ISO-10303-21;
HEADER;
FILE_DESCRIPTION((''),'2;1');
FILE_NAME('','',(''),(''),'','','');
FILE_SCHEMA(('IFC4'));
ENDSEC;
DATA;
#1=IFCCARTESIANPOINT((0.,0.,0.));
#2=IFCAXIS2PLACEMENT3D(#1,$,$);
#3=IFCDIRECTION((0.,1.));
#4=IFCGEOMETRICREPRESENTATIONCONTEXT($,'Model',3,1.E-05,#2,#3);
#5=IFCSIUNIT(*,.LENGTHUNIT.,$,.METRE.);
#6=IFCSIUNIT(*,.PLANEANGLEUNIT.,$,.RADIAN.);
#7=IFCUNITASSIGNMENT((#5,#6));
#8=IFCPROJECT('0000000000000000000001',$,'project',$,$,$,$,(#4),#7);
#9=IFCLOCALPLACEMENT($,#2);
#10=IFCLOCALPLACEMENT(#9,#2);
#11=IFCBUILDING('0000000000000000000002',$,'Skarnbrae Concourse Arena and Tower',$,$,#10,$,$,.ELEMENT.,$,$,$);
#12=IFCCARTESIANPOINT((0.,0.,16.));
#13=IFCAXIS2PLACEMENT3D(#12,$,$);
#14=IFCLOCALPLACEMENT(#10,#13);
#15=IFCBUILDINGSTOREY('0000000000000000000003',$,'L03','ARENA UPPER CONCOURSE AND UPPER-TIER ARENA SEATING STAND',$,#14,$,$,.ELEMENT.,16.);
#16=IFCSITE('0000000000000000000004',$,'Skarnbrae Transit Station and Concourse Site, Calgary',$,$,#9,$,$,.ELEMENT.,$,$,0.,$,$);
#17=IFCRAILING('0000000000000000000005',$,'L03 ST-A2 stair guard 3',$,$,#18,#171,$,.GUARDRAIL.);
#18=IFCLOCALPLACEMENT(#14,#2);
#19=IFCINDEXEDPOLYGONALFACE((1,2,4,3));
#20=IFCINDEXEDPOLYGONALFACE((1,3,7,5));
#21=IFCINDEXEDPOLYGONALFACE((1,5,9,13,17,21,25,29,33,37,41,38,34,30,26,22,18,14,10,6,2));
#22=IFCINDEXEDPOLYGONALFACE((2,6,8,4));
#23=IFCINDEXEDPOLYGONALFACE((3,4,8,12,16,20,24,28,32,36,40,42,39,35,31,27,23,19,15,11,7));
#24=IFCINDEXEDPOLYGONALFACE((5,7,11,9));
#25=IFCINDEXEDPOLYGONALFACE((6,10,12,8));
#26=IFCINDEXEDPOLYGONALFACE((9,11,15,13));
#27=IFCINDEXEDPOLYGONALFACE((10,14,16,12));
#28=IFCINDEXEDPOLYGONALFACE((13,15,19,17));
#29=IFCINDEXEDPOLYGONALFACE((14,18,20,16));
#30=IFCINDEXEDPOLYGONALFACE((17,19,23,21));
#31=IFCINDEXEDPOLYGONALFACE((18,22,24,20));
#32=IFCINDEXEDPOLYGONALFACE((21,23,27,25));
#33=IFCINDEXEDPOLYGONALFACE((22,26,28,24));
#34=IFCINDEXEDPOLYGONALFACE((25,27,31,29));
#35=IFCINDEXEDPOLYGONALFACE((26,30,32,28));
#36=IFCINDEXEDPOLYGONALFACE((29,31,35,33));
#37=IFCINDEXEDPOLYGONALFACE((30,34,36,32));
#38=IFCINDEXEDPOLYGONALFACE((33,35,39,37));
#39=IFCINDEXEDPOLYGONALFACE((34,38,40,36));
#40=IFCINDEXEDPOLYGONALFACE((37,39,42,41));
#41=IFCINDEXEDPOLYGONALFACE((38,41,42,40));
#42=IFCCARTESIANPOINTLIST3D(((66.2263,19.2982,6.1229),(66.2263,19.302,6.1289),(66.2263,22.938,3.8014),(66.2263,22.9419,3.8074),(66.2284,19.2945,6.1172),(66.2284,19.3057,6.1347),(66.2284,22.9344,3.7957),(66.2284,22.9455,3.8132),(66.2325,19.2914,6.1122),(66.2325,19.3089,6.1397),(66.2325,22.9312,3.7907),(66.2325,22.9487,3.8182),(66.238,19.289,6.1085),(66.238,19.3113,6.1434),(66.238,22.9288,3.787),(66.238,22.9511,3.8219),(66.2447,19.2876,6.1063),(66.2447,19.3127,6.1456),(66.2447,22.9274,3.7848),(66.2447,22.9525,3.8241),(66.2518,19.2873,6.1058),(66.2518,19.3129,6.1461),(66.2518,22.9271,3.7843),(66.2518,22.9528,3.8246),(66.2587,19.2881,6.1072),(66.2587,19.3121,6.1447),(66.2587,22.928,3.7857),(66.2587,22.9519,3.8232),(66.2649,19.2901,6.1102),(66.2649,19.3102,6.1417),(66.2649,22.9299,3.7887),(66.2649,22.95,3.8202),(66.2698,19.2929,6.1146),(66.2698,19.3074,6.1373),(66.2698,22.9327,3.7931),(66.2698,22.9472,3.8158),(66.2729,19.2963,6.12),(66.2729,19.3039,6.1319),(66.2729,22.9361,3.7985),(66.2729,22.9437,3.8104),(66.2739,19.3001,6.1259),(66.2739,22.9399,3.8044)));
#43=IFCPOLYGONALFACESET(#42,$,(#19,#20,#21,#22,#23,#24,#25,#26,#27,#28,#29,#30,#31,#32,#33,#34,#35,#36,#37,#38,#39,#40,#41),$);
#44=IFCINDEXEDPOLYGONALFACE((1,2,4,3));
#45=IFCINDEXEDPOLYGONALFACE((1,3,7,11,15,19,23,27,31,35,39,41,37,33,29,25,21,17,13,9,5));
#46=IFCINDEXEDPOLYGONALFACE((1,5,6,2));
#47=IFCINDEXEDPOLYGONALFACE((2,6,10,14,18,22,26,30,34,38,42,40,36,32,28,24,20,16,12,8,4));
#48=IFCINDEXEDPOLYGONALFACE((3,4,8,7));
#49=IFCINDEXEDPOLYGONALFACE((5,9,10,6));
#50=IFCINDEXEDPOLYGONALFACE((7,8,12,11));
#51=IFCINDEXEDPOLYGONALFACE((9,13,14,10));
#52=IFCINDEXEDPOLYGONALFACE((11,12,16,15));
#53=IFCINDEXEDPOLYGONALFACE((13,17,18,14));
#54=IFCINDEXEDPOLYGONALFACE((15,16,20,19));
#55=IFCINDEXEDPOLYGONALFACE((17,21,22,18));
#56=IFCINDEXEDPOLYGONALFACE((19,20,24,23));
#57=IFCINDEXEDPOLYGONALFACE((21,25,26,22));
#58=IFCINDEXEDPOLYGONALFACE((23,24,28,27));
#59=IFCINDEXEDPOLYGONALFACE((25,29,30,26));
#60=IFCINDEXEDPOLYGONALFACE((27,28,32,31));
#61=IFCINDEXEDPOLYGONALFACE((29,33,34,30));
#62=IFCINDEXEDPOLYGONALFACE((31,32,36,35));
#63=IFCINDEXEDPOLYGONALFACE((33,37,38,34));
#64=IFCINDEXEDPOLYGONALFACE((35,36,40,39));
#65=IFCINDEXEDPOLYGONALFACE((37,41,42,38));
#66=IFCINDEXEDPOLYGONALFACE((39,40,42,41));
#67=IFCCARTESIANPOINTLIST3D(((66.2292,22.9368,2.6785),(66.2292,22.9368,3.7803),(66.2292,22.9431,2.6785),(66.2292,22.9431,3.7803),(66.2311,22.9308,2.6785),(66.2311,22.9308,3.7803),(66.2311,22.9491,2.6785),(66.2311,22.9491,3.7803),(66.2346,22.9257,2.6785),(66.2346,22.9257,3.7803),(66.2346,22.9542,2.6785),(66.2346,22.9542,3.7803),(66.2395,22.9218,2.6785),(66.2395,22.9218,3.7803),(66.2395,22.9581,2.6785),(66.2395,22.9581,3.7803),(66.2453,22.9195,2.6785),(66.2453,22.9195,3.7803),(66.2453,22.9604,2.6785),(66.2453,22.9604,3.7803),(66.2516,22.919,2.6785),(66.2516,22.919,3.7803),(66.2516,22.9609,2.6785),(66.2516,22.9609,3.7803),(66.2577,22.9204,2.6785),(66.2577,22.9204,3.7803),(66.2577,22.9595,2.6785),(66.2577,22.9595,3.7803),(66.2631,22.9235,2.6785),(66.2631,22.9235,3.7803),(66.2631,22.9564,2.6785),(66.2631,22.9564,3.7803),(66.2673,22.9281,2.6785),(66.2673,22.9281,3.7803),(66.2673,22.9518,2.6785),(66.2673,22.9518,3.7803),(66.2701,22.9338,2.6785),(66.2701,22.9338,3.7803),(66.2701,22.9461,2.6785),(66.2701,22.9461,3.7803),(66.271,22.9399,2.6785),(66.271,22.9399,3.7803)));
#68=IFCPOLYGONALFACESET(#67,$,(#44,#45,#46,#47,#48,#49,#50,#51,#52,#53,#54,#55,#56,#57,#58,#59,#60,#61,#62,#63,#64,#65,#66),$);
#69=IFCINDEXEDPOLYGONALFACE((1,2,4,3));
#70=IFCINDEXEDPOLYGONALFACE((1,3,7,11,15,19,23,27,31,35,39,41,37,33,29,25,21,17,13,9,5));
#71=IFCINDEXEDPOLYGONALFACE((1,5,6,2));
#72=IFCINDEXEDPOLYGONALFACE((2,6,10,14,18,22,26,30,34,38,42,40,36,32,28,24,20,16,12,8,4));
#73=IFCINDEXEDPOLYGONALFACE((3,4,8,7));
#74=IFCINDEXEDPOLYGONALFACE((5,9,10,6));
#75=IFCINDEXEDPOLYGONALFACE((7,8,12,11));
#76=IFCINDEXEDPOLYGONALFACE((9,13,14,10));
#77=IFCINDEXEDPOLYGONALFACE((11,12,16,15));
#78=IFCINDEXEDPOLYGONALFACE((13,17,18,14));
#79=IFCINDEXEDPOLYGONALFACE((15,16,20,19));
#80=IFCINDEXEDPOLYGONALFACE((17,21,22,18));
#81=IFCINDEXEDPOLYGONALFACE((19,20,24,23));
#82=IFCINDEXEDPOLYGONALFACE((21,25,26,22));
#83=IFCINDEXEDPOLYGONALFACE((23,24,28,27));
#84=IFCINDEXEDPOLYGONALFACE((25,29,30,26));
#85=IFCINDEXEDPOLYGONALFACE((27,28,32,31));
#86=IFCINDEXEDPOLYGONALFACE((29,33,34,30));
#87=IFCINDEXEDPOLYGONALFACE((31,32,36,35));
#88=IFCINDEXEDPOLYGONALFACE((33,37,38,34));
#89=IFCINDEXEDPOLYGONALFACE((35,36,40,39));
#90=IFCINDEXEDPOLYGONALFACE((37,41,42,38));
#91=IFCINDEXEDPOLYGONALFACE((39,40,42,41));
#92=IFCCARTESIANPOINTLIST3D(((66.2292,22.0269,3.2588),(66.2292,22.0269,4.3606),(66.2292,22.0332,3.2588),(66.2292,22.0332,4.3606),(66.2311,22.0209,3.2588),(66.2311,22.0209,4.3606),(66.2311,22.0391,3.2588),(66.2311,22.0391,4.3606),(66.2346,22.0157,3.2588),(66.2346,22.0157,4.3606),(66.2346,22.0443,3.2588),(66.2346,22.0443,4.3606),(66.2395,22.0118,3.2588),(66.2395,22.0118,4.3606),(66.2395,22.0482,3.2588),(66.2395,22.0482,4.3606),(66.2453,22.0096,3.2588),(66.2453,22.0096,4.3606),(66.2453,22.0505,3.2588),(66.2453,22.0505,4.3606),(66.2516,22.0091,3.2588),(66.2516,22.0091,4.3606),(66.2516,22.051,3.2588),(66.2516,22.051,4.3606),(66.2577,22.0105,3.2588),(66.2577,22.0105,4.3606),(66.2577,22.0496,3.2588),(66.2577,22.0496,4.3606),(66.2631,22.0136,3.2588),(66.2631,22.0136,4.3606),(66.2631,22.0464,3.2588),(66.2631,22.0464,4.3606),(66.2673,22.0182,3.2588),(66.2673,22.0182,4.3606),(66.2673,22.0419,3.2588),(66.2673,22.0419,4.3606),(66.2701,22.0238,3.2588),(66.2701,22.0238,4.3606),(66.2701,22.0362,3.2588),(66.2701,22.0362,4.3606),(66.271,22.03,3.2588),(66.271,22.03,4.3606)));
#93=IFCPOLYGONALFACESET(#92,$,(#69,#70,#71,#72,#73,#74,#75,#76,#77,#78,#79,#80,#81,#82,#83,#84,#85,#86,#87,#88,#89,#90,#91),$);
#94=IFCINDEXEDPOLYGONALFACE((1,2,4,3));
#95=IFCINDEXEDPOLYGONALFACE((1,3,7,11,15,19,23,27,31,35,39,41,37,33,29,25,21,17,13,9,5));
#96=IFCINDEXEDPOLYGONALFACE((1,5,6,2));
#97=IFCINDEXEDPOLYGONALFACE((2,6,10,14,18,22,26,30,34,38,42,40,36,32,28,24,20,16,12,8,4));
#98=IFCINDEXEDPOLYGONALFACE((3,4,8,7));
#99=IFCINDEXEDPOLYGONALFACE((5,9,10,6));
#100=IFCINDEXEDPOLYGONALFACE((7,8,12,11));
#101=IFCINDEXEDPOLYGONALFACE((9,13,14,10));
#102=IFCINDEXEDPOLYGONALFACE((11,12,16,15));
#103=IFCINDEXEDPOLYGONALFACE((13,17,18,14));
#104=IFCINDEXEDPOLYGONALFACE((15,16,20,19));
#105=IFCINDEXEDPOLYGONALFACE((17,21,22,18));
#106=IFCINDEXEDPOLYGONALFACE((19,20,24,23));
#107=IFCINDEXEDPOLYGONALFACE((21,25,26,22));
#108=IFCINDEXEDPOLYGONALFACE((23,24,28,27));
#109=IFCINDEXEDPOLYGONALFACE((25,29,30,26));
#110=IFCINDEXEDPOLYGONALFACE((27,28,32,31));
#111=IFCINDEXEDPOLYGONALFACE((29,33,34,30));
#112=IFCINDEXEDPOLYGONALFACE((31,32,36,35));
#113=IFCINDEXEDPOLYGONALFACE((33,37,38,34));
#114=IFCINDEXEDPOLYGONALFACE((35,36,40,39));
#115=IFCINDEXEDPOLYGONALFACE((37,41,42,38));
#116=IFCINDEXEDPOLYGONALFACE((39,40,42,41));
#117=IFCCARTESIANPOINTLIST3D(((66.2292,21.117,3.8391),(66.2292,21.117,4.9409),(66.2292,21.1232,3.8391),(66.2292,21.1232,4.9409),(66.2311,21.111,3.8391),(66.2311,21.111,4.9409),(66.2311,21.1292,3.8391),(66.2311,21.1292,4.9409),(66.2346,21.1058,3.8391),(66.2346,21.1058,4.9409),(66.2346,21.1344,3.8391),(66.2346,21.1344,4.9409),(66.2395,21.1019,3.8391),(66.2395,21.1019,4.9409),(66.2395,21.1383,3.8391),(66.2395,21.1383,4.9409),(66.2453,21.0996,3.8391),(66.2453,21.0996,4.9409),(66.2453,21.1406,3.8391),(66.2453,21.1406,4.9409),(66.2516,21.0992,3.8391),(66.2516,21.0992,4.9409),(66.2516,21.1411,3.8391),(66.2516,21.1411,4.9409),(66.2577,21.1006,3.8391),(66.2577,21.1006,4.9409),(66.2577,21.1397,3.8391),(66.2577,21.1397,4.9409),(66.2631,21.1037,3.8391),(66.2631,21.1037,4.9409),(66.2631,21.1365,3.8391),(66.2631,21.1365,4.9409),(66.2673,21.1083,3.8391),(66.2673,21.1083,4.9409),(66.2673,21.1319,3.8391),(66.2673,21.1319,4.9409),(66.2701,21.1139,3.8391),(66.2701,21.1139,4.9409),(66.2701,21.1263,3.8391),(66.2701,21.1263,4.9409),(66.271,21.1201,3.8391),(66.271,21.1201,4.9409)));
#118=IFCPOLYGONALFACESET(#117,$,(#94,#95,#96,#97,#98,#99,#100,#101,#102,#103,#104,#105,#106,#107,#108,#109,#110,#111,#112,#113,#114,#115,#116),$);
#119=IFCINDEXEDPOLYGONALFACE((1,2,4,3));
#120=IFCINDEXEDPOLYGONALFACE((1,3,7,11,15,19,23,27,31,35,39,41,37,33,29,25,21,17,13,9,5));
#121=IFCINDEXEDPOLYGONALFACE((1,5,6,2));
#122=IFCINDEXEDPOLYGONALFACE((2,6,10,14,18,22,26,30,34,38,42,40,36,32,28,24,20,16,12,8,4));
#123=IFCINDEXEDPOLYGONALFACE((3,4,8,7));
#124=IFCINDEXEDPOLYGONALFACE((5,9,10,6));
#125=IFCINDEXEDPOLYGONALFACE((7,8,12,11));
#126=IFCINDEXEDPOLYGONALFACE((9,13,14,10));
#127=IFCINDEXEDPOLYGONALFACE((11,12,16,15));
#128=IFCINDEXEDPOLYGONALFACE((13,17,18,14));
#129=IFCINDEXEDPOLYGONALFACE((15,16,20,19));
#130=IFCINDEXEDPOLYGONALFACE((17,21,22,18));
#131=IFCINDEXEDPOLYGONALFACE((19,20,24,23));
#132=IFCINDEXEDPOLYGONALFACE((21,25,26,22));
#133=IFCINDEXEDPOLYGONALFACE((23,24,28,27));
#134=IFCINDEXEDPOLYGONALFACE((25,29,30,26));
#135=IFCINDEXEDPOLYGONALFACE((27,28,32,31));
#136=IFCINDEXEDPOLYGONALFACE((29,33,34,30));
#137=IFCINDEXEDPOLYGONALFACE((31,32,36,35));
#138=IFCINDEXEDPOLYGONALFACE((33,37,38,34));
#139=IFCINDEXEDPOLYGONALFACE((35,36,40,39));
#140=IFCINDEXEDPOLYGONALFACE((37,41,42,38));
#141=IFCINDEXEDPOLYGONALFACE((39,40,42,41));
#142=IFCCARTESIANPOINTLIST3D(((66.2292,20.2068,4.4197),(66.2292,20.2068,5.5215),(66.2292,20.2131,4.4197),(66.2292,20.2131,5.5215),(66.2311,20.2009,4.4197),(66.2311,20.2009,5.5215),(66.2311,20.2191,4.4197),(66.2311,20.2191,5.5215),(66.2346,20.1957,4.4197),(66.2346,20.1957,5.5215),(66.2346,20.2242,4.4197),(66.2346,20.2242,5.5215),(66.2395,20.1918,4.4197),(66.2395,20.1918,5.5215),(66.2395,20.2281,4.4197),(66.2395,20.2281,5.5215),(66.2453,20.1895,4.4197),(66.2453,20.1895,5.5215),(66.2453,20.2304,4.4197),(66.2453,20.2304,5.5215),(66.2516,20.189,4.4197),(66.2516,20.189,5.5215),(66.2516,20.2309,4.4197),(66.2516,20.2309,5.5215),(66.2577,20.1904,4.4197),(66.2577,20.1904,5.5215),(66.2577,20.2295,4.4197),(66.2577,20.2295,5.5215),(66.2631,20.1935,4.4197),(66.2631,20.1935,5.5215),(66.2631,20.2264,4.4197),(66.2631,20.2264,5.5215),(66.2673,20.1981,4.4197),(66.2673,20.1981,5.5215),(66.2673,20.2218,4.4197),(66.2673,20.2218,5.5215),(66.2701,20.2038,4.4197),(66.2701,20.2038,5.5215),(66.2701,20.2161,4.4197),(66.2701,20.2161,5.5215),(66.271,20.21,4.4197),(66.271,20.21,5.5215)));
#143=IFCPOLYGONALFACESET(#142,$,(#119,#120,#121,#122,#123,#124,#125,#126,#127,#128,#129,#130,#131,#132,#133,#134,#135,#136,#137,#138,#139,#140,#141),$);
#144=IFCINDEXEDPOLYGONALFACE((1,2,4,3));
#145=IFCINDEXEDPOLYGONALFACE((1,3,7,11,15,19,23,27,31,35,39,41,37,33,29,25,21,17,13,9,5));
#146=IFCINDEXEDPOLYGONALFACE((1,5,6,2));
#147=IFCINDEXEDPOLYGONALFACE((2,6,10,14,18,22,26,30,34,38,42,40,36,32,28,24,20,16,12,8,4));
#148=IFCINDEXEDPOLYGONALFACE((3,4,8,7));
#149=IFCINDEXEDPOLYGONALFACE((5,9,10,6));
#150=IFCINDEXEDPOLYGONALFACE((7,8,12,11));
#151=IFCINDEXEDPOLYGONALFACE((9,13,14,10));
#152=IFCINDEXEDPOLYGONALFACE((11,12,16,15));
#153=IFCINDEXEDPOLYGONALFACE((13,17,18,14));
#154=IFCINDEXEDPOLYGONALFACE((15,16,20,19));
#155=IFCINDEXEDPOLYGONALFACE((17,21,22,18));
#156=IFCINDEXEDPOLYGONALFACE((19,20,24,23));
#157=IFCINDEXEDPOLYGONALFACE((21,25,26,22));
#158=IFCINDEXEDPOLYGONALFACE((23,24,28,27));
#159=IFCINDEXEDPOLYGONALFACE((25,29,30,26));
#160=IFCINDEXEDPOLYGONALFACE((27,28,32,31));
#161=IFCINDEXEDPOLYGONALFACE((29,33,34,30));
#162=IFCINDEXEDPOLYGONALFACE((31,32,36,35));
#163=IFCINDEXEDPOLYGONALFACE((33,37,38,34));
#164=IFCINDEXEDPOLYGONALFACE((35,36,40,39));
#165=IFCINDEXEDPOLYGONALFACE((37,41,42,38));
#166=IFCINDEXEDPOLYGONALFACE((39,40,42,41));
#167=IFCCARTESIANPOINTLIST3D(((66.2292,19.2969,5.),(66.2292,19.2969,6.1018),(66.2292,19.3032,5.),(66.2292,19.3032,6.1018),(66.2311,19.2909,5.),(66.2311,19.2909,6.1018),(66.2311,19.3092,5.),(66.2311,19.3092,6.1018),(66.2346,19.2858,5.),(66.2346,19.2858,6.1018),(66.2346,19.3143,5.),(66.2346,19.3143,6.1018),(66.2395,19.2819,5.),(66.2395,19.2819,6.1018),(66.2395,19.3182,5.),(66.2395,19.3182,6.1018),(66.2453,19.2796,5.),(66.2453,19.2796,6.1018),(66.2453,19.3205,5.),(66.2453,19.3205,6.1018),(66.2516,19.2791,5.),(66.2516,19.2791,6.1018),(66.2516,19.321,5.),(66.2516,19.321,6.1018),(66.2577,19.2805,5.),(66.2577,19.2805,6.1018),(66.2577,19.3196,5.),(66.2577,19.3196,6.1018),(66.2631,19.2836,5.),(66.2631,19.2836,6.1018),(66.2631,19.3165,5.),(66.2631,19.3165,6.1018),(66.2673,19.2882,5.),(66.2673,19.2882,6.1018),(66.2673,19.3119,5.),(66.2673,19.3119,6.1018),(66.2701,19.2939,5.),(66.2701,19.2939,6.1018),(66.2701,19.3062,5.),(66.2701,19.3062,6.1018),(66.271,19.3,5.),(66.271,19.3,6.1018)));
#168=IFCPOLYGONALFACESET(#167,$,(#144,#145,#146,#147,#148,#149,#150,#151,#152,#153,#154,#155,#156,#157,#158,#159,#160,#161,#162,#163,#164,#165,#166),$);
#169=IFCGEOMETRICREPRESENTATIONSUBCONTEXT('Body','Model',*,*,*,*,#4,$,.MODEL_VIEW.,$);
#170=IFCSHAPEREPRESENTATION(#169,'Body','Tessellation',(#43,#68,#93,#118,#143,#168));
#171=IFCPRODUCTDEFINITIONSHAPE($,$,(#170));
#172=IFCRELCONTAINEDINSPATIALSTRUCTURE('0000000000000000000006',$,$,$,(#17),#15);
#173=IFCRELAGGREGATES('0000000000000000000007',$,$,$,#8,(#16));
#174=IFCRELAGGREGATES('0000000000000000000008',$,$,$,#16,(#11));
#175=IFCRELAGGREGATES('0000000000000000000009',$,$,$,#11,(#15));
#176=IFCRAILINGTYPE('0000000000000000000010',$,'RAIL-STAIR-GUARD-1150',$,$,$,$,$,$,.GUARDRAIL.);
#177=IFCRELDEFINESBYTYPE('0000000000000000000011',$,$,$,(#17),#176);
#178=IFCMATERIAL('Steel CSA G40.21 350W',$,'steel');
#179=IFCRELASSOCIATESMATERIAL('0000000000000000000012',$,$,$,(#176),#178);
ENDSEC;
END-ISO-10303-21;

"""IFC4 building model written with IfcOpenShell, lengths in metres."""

from ifc_helpers import new_model, si_unit, direction, frame, origin, origin_2d, place, context, subcontext, project, spatial, circle, extrude, material, type_object, element, save


model = new_model("IFC4")

# Units and contexts
model_context = context("Model", 3, precision=1e-05, world=origin(), true_north=direction((0.0, 1.0)))
body_context = subcontext(model_context, "Body", "Model", "MODEL_VIEW")
ifc_project = project(units=[si_unit("LENGTHUNIT", "METRE"), si_unit("PLANEANGLEUNIT", "RADIAN")], contexts=[model_context])

# Site, building, storey
site_placement = place(None, origin())
site = spatial("IfcSite", under=ifc_project, at=site_placement, Name="Skarnbrae Transit Station and Concourse Site, Calgary", CompositionType="ELEMENT", RefElevation=0.0)
building_placement = place(site_placement, origin())
building = spatial("IfcBuilding", under=site, at=building_placement, Name="Skarnbrae Concourse Arena and Tower", CompositionType="ELEMENT")
storey_placement = place(building_placement, frame((0.0, 0.0, 16.0)))
storey = spatial("IfcBuildingStorey", under=building, at=storey_placement, Name="L03", Description="ARENA UPPER CONCOURSE AND UPPER-TIER ARENA SEATING STAND", CompositionType="ELEMENT", Elevation=16.0)

# Shared definitions
ifc_material_1 = material(Name="Steel CSA G40.21 350W", Category="steel")

# Railing
railing_type_1 = type_object("IfcRailingType", Name="RAIL-STAIR-GUARD-1150", PredefinedType="GUARDRAIL", material=ifc_material_1)
railing_1_placement = place(storey_placement, frame((66.25, 22.9399, 2.6785)))
element("IfcRailing", 1, at=railing_1_placement, inside=storey, type_object=railing_type_1, Name="L03 ST-A2 stair guard 3", PredefinedType="GUARDRAIL", context=body_context, shape_type="SweptSolid", body=[
    extrude(circle(Radius=0.0239, at=origin_2d()), frame((0.0, 0.0, 1.126), z_axis=(0.0, -0.843112, 0.537739), x_axis=(1.0, 0.0, 0.0)), (0.0, 0.0, 1.0), 4.3171),
    extrude(circle(Radius=0.021, at=origin_2d()), origin(), (0.0, 0.0, 1.0), 1.1018),
    extrude(circle(Radius=0.021, at=origin_2d()), frame((0.0, -0.9099, 0.5803)), (0.0, 0.0, 1.0), 1.1018),
    extrude(circle(Radius=0.021, at=origin_2d()), frame((0.0, -1.8198, 1.1606)), (0.0, 0.0, 1.0), 1.1018),
    extrude(circle(Radius=0.021, at=origin_2d()), frame((0.0, -2.73, 1.7412)), (0.0, 0.0, 1.0), 1.1018),
    extrude(circle(Radius=0.021, at=origin_2d()), frame((0.0, -3.6399, 2.3215)), (0.0, 0.0, 1.0), 1.1018),
])

save(model, "model.ifc")
